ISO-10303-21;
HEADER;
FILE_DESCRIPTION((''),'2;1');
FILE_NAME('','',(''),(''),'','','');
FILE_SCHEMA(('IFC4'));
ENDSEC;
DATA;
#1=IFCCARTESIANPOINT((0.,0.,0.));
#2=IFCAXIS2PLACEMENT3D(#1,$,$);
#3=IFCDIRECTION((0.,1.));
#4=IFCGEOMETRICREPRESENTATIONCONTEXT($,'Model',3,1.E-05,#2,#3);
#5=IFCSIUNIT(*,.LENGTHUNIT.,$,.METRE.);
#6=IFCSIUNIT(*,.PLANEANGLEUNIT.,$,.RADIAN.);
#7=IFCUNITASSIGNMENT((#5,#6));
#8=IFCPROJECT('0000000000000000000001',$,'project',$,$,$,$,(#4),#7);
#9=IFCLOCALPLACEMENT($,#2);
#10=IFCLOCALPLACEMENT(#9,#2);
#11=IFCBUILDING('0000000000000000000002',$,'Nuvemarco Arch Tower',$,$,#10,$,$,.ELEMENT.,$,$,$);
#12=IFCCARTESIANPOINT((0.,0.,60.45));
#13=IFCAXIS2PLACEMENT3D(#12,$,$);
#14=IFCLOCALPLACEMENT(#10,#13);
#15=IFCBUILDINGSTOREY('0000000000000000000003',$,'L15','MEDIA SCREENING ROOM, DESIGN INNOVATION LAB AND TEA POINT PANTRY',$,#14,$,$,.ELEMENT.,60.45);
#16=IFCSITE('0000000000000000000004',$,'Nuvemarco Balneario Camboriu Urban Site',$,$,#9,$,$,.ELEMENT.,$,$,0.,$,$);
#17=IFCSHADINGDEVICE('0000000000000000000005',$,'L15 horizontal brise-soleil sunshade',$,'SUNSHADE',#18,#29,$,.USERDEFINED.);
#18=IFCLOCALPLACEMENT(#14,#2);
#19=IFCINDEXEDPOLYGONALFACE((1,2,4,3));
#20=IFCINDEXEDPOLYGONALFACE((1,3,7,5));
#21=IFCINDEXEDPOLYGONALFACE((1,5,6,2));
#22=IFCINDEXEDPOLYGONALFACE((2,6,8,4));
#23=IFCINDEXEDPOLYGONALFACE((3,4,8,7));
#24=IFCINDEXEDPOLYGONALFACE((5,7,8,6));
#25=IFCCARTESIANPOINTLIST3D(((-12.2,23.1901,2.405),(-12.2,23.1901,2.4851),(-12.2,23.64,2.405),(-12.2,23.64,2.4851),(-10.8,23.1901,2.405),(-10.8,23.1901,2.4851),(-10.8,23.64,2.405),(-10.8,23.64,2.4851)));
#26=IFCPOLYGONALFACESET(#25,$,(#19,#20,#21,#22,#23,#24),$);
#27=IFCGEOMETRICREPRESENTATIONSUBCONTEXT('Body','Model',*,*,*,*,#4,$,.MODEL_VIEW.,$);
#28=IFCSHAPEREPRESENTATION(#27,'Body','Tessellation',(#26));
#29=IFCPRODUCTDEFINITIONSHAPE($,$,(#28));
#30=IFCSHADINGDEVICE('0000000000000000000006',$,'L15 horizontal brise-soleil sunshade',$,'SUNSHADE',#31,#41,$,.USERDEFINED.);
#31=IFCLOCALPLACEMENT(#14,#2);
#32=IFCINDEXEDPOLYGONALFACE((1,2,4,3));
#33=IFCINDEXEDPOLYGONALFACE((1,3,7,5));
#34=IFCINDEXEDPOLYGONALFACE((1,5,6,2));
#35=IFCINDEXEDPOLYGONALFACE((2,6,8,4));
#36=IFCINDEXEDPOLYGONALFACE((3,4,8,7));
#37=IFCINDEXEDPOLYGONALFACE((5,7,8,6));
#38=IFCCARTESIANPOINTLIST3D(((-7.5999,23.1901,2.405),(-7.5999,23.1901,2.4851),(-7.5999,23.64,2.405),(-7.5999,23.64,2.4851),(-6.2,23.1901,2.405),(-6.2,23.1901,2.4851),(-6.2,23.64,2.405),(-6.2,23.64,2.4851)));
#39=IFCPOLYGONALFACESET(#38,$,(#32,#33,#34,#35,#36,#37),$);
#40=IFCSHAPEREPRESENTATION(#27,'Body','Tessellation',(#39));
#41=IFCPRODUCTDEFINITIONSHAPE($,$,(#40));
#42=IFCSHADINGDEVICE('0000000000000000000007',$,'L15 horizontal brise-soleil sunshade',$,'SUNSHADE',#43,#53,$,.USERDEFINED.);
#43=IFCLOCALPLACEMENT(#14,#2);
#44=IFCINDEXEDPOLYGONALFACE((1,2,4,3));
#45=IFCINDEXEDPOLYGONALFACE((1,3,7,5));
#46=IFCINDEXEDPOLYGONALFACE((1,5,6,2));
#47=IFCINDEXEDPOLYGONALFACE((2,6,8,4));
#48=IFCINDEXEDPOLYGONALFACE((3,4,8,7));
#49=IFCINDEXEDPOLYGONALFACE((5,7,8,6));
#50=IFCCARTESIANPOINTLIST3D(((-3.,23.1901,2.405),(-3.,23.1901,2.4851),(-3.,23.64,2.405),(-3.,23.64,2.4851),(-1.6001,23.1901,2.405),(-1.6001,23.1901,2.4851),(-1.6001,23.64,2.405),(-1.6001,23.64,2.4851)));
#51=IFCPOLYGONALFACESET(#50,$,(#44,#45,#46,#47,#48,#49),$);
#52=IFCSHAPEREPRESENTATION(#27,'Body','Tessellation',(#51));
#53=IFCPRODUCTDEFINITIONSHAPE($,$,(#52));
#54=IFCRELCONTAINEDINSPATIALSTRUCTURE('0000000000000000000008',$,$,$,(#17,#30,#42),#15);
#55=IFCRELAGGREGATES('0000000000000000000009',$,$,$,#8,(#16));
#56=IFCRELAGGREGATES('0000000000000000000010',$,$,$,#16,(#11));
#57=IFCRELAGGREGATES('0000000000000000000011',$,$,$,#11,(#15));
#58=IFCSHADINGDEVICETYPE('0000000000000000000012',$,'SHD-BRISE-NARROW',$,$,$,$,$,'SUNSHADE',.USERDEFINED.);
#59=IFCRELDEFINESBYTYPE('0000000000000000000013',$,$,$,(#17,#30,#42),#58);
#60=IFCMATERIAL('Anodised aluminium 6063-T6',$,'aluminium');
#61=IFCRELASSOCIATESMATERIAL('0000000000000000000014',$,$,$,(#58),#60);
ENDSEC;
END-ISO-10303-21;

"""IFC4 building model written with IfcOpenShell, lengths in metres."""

from ifc_helpers import new_model, si_unit, direction, frame, origin, origin_2d, place, context, subcontext, project, spatial, rectangle, extrude, source, transform, mapped, material, type_object, type_shapes, element, save


model = new_model("IFC4")

# Units and contexts
model_context = context("Model", 3, precision=1e-05, world=origin(), true_north=direction((0.0, 1.0)))
body_context = subcontext(model_context, "Body", "Model", "MODEL_VIEW")
ifc_project = project(units=[si_unit("LENGTHUNIT", "METRE"), si_unit("PLANEANGLEUNIT", "RADIAN")], contexts=[model_context])

# Site, building, storey
site_placement = place(None, origin())
site = spatial("IfcSite", under=ifc_project, at=site_placement, Name="Nuvemarco Balneario Camboriu Urban Site", CompositionType="ELEMENT", RefElevation=0.0)
building_placement = place(site_placement, origin())
building = spatial("IfcBuilding", under=site, at=building_placement, Name="Nuvemarco Arch Tower", CompositionType="ELEMENT")
storey_placement = place(building_placement, frame((0.0, 0.0, 60.45)))
storey = spatial("IfcBuildingStorey", under=building, at=storey_placement, Name="L15", Description="MEDIA SCREENING ROOM, DESIGN INNOVATION LAB AND TEA POINT PANTRY", CompositionType="ELEMENT", Elevation=60.45)

# Shading devices
ifc_material_1 = material(Name="Anodised aluminium 6063-T6", Category="aluminium")
shading_device_type = type_object("IfcShadingDeviceType", Name="SHD-BRISE-NARROW", ElementType="SUNSHADE", PredefinedType="USERDEFINED", material=ifc_material_1)
shared_shape_1 = source(origin(), body_context, "Body", "SweptSolid", [
    extrude(rectangle(XDim=1.3999, YDim=0.45, at=origin_2d()), origin(), (0.0, 0.0, 1.0), 0.0801),
])
type_shapes(shading_device_type, [shared_shape_1])
for number, where, z_axis, x_axis, name in (
    (1, (-11.5, 23.415, 2.405), (0.0, 0.0, 1.0), (1.0, 0.0, 0.0), "L15 horizontal brise-soleil sunshade"),
    (2, (-6.8999, 23.415, 2.405), (0.0, 0.0, 1.0), (1.0, 0.0, 0.0), "L15 horizontal brise-soleil sunshade"),
    (3, (-2.3, 23.415, 2.405), (0.0, 0.0, 1.0), (1.0, 0.0, 0.0), "L15 horizontal brise-soleil sunshade"),
):
    element("IfcShadingDevice", number, at=place(storey_placement, frame(where, z_axis=z_axis, x_axis=x_axis)), inside=storey, type_object=shading_device_type, Name=name, ObjectType="SUNSHADE", PredefinedType="USERDEFINED", context=body_context, shape_type="MappedRepresentation", body=[
        mapped(shared_shape_1, transform((0.0, 0.0, 0.0), scale=1.0)),
    ])

save(model, "model.ifc")
